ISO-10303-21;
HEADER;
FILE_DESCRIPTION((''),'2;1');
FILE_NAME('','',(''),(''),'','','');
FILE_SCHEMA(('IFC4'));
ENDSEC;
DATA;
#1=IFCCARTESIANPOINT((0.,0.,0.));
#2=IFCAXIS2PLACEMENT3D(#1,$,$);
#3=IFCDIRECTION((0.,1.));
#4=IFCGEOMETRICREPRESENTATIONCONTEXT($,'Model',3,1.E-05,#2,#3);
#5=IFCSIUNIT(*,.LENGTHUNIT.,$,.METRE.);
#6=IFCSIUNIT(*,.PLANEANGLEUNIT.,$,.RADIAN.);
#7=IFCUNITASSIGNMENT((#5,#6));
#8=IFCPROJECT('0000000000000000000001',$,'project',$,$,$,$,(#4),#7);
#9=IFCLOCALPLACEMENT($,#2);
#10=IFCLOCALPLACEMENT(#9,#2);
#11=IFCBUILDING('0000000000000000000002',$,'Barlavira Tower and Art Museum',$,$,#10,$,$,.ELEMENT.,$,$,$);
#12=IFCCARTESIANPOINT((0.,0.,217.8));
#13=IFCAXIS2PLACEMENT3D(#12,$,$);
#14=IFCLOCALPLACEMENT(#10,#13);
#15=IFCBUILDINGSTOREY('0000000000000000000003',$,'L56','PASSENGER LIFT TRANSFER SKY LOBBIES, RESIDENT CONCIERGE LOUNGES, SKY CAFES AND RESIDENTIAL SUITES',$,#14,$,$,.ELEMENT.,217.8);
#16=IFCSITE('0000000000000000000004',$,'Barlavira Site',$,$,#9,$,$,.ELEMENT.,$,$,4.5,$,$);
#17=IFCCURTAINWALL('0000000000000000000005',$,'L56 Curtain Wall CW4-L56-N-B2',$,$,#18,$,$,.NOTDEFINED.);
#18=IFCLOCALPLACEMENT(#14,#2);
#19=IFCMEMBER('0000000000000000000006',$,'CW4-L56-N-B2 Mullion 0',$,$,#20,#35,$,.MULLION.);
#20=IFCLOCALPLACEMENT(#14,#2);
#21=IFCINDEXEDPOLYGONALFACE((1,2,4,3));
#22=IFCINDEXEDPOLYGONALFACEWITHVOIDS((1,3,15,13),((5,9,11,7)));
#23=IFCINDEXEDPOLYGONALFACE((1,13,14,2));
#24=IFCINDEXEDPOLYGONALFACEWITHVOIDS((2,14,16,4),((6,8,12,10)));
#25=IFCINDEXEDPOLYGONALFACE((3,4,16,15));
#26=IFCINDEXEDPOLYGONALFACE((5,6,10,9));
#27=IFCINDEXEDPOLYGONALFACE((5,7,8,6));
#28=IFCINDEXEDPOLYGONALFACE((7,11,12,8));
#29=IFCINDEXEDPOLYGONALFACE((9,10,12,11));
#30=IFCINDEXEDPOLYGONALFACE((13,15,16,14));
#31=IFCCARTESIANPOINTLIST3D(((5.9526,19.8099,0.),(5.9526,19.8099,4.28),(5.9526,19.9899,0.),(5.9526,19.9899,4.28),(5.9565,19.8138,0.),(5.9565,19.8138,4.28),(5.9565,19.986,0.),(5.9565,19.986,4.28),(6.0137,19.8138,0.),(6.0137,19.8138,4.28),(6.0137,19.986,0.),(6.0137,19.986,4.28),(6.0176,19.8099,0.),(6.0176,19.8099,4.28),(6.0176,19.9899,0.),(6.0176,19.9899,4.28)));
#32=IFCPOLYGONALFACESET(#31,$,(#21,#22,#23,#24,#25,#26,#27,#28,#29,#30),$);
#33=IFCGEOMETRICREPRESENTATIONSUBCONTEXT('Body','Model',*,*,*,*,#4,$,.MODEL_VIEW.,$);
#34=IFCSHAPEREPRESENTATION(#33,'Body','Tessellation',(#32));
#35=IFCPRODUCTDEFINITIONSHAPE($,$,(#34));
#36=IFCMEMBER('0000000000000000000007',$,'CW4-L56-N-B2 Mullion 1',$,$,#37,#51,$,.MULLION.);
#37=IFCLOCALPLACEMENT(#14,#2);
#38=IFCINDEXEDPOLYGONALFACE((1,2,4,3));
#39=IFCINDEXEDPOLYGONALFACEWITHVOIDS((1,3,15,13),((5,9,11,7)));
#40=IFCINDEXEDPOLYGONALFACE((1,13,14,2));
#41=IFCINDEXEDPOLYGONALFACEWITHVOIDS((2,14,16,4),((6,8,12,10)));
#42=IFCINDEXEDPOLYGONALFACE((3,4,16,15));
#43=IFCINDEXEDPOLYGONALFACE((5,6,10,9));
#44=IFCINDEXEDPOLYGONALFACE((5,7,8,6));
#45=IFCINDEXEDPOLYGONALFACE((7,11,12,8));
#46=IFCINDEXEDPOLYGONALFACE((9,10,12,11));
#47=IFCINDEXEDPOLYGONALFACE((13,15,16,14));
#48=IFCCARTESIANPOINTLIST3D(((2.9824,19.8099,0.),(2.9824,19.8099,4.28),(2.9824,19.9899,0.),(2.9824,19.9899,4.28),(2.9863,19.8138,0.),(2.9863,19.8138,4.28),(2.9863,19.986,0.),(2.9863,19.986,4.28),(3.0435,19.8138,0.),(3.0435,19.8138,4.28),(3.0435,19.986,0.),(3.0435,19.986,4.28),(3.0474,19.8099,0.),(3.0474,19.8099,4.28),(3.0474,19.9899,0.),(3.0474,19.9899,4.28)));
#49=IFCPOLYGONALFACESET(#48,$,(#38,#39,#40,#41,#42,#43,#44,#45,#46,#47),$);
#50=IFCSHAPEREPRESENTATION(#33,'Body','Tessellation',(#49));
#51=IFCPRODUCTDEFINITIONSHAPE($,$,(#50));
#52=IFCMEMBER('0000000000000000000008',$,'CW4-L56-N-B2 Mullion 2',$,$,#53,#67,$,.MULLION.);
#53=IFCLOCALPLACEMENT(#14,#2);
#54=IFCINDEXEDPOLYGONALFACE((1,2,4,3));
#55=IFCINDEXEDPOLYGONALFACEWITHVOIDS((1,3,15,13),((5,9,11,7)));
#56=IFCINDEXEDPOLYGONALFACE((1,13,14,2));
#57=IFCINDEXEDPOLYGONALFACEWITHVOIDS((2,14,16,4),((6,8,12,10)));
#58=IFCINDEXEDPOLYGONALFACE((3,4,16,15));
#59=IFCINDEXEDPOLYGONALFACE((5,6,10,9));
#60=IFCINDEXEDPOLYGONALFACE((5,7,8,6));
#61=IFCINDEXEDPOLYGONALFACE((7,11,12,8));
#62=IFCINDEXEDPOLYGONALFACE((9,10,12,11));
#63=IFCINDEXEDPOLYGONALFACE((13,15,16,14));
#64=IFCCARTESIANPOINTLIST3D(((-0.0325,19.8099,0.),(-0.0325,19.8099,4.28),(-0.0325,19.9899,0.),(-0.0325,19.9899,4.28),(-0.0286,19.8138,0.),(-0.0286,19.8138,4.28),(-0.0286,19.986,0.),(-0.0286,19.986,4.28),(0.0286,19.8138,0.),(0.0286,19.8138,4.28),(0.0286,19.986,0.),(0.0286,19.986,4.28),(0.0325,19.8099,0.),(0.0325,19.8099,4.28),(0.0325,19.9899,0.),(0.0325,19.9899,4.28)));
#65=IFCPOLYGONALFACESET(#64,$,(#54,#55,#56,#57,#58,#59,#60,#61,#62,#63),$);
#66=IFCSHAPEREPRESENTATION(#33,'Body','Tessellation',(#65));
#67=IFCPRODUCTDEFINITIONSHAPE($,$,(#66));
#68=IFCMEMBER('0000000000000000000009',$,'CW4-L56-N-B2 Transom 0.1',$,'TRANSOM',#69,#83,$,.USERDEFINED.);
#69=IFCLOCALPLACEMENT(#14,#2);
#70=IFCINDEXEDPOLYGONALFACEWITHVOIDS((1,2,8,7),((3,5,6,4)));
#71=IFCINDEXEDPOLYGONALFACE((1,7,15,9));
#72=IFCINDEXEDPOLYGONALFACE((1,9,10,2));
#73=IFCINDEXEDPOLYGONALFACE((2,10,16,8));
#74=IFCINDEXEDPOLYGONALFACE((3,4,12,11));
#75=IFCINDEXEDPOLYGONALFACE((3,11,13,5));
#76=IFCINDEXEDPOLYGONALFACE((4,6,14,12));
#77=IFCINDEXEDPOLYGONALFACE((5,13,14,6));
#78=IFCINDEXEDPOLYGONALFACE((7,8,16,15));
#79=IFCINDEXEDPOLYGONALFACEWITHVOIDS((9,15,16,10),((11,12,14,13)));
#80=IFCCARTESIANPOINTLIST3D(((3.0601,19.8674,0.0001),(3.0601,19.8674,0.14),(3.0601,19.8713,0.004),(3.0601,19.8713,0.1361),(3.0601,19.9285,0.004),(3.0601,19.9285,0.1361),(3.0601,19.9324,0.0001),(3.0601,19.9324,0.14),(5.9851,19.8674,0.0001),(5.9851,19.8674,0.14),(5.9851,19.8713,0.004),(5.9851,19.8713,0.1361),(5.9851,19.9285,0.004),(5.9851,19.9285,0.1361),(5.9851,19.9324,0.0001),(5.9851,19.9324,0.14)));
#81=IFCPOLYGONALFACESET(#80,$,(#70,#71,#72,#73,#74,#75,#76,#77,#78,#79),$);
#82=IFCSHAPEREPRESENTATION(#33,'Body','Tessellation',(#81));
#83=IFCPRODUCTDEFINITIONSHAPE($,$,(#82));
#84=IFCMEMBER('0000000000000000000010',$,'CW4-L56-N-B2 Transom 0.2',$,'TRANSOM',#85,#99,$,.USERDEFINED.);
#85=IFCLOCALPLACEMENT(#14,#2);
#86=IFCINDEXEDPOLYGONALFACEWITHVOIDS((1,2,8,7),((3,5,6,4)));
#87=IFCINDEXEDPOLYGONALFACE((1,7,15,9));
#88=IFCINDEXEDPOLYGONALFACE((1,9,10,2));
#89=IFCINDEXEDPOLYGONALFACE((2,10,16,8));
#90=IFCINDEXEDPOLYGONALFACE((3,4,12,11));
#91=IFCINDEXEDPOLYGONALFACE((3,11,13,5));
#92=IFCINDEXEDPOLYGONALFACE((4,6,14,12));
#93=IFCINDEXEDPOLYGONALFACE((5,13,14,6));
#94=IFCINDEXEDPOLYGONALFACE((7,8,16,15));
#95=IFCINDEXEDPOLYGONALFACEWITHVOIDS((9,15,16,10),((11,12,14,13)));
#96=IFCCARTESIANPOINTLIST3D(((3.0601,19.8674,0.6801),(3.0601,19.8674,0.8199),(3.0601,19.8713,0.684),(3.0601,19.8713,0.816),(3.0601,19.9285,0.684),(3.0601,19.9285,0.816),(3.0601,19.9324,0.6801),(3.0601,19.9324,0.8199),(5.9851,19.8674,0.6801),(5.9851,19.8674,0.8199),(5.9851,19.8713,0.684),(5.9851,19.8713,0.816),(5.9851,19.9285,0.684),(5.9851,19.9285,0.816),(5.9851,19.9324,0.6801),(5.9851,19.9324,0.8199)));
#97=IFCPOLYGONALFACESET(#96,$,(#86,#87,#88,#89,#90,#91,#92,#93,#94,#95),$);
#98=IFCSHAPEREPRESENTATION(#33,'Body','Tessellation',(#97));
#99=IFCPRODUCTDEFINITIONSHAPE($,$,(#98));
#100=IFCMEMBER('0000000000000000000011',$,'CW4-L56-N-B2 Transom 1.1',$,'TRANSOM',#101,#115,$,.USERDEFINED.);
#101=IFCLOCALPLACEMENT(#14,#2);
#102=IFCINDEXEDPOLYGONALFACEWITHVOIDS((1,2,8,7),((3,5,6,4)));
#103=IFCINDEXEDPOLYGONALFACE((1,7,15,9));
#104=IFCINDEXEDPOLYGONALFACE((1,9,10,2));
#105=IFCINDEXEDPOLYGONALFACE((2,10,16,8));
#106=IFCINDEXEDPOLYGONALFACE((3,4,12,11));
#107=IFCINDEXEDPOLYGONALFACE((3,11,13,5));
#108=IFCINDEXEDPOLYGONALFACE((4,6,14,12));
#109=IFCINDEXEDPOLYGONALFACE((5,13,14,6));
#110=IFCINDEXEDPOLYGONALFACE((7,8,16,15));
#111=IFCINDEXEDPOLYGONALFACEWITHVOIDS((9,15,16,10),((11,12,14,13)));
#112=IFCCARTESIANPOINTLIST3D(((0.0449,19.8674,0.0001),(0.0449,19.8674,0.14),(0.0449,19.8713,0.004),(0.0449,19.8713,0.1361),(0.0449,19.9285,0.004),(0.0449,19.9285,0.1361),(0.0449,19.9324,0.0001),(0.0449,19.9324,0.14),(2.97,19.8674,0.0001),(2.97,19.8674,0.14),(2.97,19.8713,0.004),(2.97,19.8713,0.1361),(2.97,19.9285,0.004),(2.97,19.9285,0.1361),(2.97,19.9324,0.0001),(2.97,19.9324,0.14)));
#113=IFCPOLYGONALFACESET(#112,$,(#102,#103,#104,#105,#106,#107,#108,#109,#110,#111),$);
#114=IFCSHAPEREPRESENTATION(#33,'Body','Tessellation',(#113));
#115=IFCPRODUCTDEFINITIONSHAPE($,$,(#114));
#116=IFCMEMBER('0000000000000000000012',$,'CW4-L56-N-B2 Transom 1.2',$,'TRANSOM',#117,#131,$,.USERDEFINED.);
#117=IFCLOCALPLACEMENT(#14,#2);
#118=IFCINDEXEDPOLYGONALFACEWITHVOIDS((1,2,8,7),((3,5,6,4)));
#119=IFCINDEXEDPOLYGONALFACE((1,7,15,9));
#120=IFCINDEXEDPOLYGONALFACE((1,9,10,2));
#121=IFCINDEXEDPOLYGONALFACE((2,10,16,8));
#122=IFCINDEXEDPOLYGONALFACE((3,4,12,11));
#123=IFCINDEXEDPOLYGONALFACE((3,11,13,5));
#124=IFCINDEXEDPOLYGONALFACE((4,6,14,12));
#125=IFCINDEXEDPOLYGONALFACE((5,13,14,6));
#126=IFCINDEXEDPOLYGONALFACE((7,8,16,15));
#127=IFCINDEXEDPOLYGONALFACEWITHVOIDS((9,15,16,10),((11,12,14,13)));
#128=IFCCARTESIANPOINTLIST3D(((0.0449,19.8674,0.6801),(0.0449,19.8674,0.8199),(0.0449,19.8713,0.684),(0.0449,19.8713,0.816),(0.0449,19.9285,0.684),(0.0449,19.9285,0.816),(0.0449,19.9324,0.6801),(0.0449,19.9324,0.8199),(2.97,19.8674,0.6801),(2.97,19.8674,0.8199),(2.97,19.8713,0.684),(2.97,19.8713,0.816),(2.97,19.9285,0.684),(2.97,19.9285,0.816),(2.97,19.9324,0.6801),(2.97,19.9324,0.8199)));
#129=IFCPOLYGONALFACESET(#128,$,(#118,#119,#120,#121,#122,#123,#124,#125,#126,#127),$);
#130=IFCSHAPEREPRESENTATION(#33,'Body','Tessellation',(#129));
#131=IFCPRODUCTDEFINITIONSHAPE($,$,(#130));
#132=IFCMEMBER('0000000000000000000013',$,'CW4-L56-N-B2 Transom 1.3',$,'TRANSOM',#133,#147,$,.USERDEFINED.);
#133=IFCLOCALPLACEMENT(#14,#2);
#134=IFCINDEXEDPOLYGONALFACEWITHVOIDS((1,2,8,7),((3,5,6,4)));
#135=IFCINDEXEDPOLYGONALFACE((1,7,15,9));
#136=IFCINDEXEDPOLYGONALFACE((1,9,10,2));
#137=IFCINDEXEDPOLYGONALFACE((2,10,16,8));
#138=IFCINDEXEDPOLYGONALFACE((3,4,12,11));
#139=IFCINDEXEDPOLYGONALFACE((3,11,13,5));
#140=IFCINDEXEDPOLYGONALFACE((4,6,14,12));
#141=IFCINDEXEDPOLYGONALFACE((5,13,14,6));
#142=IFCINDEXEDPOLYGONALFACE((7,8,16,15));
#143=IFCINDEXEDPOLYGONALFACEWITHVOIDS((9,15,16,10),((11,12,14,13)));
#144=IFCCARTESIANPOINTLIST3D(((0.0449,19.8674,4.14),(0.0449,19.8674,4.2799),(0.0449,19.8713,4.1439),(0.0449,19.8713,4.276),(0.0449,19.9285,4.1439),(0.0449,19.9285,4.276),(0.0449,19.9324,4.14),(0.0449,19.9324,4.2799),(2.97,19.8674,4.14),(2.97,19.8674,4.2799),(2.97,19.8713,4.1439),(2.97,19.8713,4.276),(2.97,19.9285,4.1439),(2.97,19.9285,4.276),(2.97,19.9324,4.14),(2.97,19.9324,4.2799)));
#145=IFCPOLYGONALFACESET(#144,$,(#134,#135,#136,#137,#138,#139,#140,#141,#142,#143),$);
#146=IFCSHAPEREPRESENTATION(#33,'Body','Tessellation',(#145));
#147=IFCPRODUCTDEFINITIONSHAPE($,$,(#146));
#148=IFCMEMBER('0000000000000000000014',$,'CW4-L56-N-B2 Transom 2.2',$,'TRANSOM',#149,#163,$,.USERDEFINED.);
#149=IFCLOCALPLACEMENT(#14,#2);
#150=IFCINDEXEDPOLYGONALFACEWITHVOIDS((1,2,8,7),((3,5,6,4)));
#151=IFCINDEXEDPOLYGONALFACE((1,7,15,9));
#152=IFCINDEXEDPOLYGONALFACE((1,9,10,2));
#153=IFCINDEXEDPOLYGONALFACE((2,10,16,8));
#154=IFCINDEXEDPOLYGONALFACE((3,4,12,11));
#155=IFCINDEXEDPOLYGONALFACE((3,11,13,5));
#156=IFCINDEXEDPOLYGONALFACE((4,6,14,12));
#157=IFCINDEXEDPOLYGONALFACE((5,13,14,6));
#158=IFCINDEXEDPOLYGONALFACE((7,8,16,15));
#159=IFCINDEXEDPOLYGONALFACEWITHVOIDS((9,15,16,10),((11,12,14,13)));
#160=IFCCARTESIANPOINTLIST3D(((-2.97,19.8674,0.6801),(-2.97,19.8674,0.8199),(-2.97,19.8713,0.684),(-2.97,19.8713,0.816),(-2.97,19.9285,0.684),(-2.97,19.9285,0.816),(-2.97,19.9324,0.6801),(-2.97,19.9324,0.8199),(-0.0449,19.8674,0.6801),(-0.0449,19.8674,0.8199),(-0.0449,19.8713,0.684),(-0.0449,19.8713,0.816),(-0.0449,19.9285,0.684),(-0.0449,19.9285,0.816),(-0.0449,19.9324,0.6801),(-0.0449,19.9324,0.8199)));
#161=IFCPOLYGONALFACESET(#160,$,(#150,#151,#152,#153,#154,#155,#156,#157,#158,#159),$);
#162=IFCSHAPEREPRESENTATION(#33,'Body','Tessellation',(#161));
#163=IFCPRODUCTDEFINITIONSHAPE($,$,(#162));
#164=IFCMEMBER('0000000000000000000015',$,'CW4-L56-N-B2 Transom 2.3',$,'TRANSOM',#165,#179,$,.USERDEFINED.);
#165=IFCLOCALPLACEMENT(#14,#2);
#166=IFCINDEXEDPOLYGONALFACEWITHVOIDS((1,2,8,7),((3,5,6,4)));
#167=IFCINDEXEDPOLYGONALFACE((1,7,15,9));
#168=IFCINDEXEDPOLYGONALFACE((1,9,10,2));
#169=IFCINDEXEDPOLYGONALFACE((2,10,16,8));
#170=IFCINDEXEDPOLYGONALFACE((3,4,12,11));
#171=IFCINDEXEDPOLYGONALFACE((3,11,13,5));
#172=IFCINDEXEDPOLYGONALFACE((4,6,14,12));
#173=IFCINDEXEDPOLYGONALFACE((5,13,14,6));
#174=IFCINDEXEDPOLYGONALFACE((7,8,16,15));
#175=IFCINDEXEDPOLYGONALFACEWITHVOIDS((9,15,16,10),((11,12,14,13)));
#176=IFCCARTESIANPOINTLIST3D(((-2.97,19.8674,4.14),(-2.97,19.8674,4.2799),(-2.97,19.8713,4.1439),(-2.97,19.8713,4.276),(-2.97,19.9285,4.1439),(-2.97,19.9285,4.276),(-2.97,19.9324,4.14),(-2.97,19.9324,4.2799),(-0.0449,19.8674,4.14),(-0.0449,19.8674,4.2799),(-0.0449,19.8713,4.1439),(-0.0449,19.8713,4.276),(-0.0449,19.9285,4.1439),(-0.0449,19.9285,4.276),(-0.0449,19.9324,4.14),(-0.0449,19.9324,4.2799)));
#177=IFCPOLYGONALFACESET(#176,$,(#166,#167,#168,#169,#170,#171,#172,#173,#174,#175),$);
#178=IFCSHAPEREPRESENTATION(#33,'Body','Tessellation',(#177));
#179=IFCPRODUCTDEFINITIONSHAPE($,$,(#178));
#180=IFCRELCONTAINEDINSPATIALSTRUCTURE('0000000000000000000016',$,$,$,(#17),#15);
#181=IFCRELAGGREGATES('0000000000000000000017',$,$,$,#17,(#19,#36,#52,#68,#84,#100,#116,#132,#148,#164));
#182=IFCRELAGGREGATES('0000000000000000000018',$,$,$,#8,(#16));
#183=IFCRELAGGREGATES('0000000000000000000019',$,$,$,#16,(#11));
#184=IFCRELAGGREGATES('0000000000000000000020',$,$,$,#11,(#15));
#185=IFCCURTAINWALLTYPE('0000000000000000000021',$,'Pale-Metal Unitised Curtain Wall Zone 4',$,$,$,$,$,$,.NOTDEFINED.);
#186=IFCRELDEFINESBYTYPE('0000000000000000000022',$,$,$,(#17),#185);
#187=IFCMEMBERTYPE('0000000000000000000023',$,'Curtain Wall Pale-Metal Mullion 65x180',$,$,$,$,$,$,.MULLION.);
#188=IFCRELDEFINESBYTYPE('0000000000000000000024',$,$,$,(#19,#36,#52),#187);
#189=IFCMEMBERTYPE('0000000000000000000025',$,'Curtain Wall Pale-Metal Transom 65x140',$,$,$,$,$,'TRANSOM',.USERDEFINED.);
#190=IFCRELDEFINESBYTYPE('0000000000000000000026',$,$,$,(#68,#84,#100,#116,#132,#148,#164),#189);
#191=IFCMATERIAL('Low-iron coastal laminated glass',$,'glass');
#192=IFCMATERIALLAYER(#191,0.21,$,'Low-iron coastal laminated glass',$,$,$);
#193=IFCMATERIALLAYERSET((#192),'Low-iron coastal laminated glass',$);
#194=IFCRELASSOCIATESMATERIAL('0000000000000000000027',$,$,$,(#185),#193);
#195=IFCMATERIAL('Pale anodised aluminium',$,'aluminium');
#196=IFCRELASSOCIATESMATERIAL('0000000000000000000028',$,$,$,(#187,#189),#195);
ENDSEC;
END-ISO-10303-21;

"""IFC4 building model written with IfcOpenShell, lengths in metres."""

from ifc_helpers import new_model, si_unit, direction, frame, origin, origin_2d, place, context, subcontext, project, spatial, hollow_rectangle, extrude, material, layer, layer_set, material_profile, profile_set, type_object, element, aggregate, save


model = new_model("IFC4")

# Units and contexts
model_context = context("Model", 3, precision=1e-05, world=origin(), true_north=direction((0.0, 1.0)))
body_context = subcontext(model_context, "Body", "Model", "MODEL_VIEW")
ifc_project = project(units=[si_unit("LENGTHUNIT", "METRE"), si_unit("PLANEANGLEUNIT", "RADIAN")], contexts=[model_context])

# Site, building, storey
site_placement = place(None, origin())
site = spatial("IfcSite", under=ifc_project, at=site_placement, Name="Barlavira Site", CompositionType="ELEMENT", RefElevation=4.5)
building_placement = place(site_placement, origin())
building = spatial("IfcBuilding", under=site, at=building_placement, Name="Barlavira Tower and Art Museum", CompositionType="ELEMENT")
storey_placement = place(building_placement, frame((0.0, 0.0, 217.8)))
storey = spatial("IfcBuildingStorey", under=building, at=storey_placement, Name="L56", Description="PASSENGER LIFT TRANSFER SKY LOBBIES, RESIDENT CONCIERGE LOUNGES, SKY CAFES AND RESIDENTIAL SUITES", CompositionType="ELEMENT", Elevation=217.8)

# Curtain wall, members
ifc_material_1 = material(Name="Low-iron coastal laminated glass", Category="glass")
ifc_layer_1 = layer(ifc_material_1, 0.21, Name="Low-iron coastal laminated glass")
ifc_layer_set_1 = layer_set([ifc_layer_1], Name="Low-iron coastal laminated glass")
curtain_wall_type = type_object("IfcCurtainWallType", Name="Pale-Metal Unitised Curtain Wall Zone 4", PredefinedType="NOTDEFINED", material=ifc_layer_set_1)
curtain_wall_placement = place(storey_placement, origin())
curtain_wall = element("IfcCurtainWall", 1, at=curtain_wall_placement, inside=storey, type_object=curtain_wall_type, Name="L56 Curtain Wall CW4-L56-N-B2", PredefinedType="NOTDEFINED")
ifc_material_2 = material(Name="Pale anodised aluminium", Category="aluminium")
ifc_material_profile_1 = material_profile(ifc_material_2, hollow_rectangle(XDim=0.0649, YDim=0.1799, WallThickness=0.0039, at=origin_2d()), Name="ALU-MULL 65x180x4")
ifc_profile_set_1 = profile_set([ifc_material_profile_1], Name="Pale anodised aluminium")
member_type_1 = type_object("IfcMemberType", Name="Curtain Wall Pale-Metal Mullion 65x180", PredefinedType="MULLION", material=ifc_profile_set_1)
member_1_placement = place(storey_placement, frame((5.9851, 19.8999, 0.0), z_axis=(0.0, 0.0, 1.0), x_axis=(-1.0, 0.0, 0.0)))
member_1 = element("IfcMember", 2, at=member_1_placement, type_object=member_type_1, Name="CW4-L56-N-B2 Mullion 0", PredefinedType="MULLION", context=body_context, shape_type="SweptSolid", body=[
    extrude(hollow_rectangle(XDim=0.0649, YDim=0.1799, WallThickness=0.0039, at=origin_2d()), origin(), (0.0, 0.0, 1.0), 4.28),
])
member_2_placement = place(storey_placement, frame((3.0149, 19.8999, 0.0), z_axis=(0.0, 0.0, 1.0), x_axis=(-1.0, 0.0, 0.0)))
member_2 = element("IfcMember", 3, at=member_2_placement, type_object=member_type_1, Name="CW4-L56-N-B2 Mullion 1", PredefinedType="MULLION", context=body_context, shape_type="SweptSolid", body=[
    extrude(hollow_rectangle(XDim=0.0649, YDim=0.1799, WallThickness=0.0039, at=origin_2d()), origin(), (0.0, 0.0, 1.0), 4.28),
])
member_3_placement = place(storey_placement, frame((0.0, 19.8999, 0.0), z_axis=(0.0, 0.0, 1.0), x_axis=(-1.0, 0.0, 0.0)))
member_3 = element("IfcMember", 4, at=member_3_placement, type_object=member_type_1, Name="CW4-L56-N-B2 Mullion 2", PredefinedType="MULLION", context=body_context, shape_type="SweptSolid", body=[
    extrude(hollow_rectangle(XDim=0.0649, YDim=0.1799, WallThickness=0.0039, at=origin_2d()), origin(), (0.0, 0.0, 1.0), 4.28),
])
ifc_material_profile_2 = material_profile(ifc_material_2, hollow_rectangle(XDim=0.0649, YDim=0.1399, WallThickness=0.0039, at=origin_2d()), Name="ALU-TRAN 65x140x4")
ifc_profile_set_2 = profile_set([ifc_material_profile_2], Name="Pale anodised aluminium")
member_type_2 = type_object("IfcMemberType", Name="Curtain Wall Pale-Metal Transom 65x140", ElementType="TRANSOM", PredefinedType="USERDEFINED", material=ifc_profile_set_2)
member_4_placement = place(storey_placement, frame((5.9851, 19.8999, 0.0701), z_axis=(-1.0, 0.0, 0.0), x_axis=(0.0, -1.0, 0.0)))
member_4 = element("IfcMember", 5, at=member_4_placement, type_object=member_type_2, Name="CW4-L56-N-B2 Transom 0.1", ObjectType="TRANSOM", PredefinedType="USERDEFINED", context=body_context, shape_type="SweptSolid", body=[
    extrude(hollow_rectangle(XDim=0.0649, YDim=0.1399, WallThickness=0.0039, at=origin_2d()), origin(), (0.0, 0.0, 1.0), 2.925),
])
member_5_placement = place(storey_placement, frame((5.9851, 19.8999, 0.75), z_axis=(-1.0, 0.0, 0.0), x_axis=(0.0, -1.0, 0.0)))
member_5 = element("IfcMember", 6, at=member_5_placement, type_object=member_type_2, Name="CW4-L56-N-B2 Transom 0.2", ObjectType="TRANSOM", PredefinedType="USERDEFINED", context=body_context, shape_type="SweptSolid", body=[
    extrude(hollow_rectangle(XDim=0.0649, YDim=0.1399, WallThickness=0.0039, at=origin_2d()), origin(), (0.0, 0.0, 1.0), 2.925),
])
member_6_placement = place(storey_placement, frame((2.97, 19.8999, 0.0701), z_axis=(-1.0, 0.0, 0.0), x_axis=(0.0, -1.0, 0.0)))
member_6 = element("IfcMember", 7, at=member_6_placement, type_object=member_type_2, Name="CW4-L56-N-B2 Transom 1.1", ObjectType="TRANSOM", PredefinedType="USERDEFINED", context=body_context, shape_type="SweptSolid", body=[
    extrude(hollow_rectangle(XDim=0.0649, YDim=0.1399, WallThickness=0.0039, at=origin_2d()), origin(), (0.0, 0.0, 1.0), 2.925),
])
member_7_placement = place(storey_placement, frame((2.97, 19.8999, 0.75), z_axis=(-1.0, 0.0, 0.0), x_axis=(0.0, -1.0, 0.0)))
member_7 = element("IfcMember", 8, at=member_7_placement, type_object=member_type_2, Name="CW4-L56-N-B2 Transom 1.2", ObjectType="TRANSOM", PredefinedType="USERDEFINED", context=body_context, shape_type="SweptSolid", body=[
    extrude(hollow_rectangle(XDim=0.0649, YDim=0.1399, WallThickness=0.0039, at=origin_2d()), origin(), (0.0, 0.0, 1.0), 2.925),
])
member_8_placement = place(storey_placement, frame((2.97, 19.8999, 4.21), z_axis=(-1.0, 0.0, 0.0), x_axis=(0.0, -1.0, 0.0)))
member_8 = element("IfcMember", 9, at=member_8_placement, type_object=member_type_2, Name="CW4-L56-N-B2 Transom 1.3", ObjectType="TRANSOM", PredefinedType="USERDEFINED", context=body_context, shape_type="SweptSolid", body=[
    extrude(hollow_rectangle(XDim=0.0649, YDim=0.1399, WallThickness=0.0039, at=origin_2d()), origin(), (0.0, 0.0, 1.0), 2.925),
])
member_9_placement = place(storey_placement, frame((-0.0449, 19.8999, 0.75), z_axis=(-1.0, 0.0, 0.0), x_axis=(0.0, -1.0, 0.0)))
member_9 = element("IfcMember", 10, at=member_9_placement, type_object=member_type_2, Name="CW4-L56-N-B2 Transom 2.2", ObjectType="TRANSOM", PredefinedType="USERDEFINED", context=body_context, shape_type="SweptSolid", body=[
    extrude(hollow_rectangle(XDim=0.0649, YDim=0.1399, WallThickness=0.0039, at=origin_2d()), origin(), (0.0, 0.0, 1.0), 2.925),
])
member_10_placement = place(storey_placement, frame((-0.0449, 19.8999, 4.21), z_axis=(-1.0, 0.0, 0.0), x_axis=(0.0, -1.0, 0.0)))
member_10 = element("IfcMember", 11, at=member_10_placement, type_object=member_type_2, Name="CW4-L56-N-B2 Transom 2.3", ObjectType="TRANSOM", PredefinedType="USERDEFINED", context=body_context, shape_type="SweptSolid", body=[
    extrude(hollow_rectangle(XDim=0.0649, YDim=0.1399, WallThickness=0.0039, at=origin_2d()), origin(), (0.0, 0.0, 1.0), 2.925),
])

aggregate(curtain_wall, [member_1, member_2, member_3, member_4, member_5, member_6, member_7, member_8, member_9, member_10])

save(model, "model.ifc")
